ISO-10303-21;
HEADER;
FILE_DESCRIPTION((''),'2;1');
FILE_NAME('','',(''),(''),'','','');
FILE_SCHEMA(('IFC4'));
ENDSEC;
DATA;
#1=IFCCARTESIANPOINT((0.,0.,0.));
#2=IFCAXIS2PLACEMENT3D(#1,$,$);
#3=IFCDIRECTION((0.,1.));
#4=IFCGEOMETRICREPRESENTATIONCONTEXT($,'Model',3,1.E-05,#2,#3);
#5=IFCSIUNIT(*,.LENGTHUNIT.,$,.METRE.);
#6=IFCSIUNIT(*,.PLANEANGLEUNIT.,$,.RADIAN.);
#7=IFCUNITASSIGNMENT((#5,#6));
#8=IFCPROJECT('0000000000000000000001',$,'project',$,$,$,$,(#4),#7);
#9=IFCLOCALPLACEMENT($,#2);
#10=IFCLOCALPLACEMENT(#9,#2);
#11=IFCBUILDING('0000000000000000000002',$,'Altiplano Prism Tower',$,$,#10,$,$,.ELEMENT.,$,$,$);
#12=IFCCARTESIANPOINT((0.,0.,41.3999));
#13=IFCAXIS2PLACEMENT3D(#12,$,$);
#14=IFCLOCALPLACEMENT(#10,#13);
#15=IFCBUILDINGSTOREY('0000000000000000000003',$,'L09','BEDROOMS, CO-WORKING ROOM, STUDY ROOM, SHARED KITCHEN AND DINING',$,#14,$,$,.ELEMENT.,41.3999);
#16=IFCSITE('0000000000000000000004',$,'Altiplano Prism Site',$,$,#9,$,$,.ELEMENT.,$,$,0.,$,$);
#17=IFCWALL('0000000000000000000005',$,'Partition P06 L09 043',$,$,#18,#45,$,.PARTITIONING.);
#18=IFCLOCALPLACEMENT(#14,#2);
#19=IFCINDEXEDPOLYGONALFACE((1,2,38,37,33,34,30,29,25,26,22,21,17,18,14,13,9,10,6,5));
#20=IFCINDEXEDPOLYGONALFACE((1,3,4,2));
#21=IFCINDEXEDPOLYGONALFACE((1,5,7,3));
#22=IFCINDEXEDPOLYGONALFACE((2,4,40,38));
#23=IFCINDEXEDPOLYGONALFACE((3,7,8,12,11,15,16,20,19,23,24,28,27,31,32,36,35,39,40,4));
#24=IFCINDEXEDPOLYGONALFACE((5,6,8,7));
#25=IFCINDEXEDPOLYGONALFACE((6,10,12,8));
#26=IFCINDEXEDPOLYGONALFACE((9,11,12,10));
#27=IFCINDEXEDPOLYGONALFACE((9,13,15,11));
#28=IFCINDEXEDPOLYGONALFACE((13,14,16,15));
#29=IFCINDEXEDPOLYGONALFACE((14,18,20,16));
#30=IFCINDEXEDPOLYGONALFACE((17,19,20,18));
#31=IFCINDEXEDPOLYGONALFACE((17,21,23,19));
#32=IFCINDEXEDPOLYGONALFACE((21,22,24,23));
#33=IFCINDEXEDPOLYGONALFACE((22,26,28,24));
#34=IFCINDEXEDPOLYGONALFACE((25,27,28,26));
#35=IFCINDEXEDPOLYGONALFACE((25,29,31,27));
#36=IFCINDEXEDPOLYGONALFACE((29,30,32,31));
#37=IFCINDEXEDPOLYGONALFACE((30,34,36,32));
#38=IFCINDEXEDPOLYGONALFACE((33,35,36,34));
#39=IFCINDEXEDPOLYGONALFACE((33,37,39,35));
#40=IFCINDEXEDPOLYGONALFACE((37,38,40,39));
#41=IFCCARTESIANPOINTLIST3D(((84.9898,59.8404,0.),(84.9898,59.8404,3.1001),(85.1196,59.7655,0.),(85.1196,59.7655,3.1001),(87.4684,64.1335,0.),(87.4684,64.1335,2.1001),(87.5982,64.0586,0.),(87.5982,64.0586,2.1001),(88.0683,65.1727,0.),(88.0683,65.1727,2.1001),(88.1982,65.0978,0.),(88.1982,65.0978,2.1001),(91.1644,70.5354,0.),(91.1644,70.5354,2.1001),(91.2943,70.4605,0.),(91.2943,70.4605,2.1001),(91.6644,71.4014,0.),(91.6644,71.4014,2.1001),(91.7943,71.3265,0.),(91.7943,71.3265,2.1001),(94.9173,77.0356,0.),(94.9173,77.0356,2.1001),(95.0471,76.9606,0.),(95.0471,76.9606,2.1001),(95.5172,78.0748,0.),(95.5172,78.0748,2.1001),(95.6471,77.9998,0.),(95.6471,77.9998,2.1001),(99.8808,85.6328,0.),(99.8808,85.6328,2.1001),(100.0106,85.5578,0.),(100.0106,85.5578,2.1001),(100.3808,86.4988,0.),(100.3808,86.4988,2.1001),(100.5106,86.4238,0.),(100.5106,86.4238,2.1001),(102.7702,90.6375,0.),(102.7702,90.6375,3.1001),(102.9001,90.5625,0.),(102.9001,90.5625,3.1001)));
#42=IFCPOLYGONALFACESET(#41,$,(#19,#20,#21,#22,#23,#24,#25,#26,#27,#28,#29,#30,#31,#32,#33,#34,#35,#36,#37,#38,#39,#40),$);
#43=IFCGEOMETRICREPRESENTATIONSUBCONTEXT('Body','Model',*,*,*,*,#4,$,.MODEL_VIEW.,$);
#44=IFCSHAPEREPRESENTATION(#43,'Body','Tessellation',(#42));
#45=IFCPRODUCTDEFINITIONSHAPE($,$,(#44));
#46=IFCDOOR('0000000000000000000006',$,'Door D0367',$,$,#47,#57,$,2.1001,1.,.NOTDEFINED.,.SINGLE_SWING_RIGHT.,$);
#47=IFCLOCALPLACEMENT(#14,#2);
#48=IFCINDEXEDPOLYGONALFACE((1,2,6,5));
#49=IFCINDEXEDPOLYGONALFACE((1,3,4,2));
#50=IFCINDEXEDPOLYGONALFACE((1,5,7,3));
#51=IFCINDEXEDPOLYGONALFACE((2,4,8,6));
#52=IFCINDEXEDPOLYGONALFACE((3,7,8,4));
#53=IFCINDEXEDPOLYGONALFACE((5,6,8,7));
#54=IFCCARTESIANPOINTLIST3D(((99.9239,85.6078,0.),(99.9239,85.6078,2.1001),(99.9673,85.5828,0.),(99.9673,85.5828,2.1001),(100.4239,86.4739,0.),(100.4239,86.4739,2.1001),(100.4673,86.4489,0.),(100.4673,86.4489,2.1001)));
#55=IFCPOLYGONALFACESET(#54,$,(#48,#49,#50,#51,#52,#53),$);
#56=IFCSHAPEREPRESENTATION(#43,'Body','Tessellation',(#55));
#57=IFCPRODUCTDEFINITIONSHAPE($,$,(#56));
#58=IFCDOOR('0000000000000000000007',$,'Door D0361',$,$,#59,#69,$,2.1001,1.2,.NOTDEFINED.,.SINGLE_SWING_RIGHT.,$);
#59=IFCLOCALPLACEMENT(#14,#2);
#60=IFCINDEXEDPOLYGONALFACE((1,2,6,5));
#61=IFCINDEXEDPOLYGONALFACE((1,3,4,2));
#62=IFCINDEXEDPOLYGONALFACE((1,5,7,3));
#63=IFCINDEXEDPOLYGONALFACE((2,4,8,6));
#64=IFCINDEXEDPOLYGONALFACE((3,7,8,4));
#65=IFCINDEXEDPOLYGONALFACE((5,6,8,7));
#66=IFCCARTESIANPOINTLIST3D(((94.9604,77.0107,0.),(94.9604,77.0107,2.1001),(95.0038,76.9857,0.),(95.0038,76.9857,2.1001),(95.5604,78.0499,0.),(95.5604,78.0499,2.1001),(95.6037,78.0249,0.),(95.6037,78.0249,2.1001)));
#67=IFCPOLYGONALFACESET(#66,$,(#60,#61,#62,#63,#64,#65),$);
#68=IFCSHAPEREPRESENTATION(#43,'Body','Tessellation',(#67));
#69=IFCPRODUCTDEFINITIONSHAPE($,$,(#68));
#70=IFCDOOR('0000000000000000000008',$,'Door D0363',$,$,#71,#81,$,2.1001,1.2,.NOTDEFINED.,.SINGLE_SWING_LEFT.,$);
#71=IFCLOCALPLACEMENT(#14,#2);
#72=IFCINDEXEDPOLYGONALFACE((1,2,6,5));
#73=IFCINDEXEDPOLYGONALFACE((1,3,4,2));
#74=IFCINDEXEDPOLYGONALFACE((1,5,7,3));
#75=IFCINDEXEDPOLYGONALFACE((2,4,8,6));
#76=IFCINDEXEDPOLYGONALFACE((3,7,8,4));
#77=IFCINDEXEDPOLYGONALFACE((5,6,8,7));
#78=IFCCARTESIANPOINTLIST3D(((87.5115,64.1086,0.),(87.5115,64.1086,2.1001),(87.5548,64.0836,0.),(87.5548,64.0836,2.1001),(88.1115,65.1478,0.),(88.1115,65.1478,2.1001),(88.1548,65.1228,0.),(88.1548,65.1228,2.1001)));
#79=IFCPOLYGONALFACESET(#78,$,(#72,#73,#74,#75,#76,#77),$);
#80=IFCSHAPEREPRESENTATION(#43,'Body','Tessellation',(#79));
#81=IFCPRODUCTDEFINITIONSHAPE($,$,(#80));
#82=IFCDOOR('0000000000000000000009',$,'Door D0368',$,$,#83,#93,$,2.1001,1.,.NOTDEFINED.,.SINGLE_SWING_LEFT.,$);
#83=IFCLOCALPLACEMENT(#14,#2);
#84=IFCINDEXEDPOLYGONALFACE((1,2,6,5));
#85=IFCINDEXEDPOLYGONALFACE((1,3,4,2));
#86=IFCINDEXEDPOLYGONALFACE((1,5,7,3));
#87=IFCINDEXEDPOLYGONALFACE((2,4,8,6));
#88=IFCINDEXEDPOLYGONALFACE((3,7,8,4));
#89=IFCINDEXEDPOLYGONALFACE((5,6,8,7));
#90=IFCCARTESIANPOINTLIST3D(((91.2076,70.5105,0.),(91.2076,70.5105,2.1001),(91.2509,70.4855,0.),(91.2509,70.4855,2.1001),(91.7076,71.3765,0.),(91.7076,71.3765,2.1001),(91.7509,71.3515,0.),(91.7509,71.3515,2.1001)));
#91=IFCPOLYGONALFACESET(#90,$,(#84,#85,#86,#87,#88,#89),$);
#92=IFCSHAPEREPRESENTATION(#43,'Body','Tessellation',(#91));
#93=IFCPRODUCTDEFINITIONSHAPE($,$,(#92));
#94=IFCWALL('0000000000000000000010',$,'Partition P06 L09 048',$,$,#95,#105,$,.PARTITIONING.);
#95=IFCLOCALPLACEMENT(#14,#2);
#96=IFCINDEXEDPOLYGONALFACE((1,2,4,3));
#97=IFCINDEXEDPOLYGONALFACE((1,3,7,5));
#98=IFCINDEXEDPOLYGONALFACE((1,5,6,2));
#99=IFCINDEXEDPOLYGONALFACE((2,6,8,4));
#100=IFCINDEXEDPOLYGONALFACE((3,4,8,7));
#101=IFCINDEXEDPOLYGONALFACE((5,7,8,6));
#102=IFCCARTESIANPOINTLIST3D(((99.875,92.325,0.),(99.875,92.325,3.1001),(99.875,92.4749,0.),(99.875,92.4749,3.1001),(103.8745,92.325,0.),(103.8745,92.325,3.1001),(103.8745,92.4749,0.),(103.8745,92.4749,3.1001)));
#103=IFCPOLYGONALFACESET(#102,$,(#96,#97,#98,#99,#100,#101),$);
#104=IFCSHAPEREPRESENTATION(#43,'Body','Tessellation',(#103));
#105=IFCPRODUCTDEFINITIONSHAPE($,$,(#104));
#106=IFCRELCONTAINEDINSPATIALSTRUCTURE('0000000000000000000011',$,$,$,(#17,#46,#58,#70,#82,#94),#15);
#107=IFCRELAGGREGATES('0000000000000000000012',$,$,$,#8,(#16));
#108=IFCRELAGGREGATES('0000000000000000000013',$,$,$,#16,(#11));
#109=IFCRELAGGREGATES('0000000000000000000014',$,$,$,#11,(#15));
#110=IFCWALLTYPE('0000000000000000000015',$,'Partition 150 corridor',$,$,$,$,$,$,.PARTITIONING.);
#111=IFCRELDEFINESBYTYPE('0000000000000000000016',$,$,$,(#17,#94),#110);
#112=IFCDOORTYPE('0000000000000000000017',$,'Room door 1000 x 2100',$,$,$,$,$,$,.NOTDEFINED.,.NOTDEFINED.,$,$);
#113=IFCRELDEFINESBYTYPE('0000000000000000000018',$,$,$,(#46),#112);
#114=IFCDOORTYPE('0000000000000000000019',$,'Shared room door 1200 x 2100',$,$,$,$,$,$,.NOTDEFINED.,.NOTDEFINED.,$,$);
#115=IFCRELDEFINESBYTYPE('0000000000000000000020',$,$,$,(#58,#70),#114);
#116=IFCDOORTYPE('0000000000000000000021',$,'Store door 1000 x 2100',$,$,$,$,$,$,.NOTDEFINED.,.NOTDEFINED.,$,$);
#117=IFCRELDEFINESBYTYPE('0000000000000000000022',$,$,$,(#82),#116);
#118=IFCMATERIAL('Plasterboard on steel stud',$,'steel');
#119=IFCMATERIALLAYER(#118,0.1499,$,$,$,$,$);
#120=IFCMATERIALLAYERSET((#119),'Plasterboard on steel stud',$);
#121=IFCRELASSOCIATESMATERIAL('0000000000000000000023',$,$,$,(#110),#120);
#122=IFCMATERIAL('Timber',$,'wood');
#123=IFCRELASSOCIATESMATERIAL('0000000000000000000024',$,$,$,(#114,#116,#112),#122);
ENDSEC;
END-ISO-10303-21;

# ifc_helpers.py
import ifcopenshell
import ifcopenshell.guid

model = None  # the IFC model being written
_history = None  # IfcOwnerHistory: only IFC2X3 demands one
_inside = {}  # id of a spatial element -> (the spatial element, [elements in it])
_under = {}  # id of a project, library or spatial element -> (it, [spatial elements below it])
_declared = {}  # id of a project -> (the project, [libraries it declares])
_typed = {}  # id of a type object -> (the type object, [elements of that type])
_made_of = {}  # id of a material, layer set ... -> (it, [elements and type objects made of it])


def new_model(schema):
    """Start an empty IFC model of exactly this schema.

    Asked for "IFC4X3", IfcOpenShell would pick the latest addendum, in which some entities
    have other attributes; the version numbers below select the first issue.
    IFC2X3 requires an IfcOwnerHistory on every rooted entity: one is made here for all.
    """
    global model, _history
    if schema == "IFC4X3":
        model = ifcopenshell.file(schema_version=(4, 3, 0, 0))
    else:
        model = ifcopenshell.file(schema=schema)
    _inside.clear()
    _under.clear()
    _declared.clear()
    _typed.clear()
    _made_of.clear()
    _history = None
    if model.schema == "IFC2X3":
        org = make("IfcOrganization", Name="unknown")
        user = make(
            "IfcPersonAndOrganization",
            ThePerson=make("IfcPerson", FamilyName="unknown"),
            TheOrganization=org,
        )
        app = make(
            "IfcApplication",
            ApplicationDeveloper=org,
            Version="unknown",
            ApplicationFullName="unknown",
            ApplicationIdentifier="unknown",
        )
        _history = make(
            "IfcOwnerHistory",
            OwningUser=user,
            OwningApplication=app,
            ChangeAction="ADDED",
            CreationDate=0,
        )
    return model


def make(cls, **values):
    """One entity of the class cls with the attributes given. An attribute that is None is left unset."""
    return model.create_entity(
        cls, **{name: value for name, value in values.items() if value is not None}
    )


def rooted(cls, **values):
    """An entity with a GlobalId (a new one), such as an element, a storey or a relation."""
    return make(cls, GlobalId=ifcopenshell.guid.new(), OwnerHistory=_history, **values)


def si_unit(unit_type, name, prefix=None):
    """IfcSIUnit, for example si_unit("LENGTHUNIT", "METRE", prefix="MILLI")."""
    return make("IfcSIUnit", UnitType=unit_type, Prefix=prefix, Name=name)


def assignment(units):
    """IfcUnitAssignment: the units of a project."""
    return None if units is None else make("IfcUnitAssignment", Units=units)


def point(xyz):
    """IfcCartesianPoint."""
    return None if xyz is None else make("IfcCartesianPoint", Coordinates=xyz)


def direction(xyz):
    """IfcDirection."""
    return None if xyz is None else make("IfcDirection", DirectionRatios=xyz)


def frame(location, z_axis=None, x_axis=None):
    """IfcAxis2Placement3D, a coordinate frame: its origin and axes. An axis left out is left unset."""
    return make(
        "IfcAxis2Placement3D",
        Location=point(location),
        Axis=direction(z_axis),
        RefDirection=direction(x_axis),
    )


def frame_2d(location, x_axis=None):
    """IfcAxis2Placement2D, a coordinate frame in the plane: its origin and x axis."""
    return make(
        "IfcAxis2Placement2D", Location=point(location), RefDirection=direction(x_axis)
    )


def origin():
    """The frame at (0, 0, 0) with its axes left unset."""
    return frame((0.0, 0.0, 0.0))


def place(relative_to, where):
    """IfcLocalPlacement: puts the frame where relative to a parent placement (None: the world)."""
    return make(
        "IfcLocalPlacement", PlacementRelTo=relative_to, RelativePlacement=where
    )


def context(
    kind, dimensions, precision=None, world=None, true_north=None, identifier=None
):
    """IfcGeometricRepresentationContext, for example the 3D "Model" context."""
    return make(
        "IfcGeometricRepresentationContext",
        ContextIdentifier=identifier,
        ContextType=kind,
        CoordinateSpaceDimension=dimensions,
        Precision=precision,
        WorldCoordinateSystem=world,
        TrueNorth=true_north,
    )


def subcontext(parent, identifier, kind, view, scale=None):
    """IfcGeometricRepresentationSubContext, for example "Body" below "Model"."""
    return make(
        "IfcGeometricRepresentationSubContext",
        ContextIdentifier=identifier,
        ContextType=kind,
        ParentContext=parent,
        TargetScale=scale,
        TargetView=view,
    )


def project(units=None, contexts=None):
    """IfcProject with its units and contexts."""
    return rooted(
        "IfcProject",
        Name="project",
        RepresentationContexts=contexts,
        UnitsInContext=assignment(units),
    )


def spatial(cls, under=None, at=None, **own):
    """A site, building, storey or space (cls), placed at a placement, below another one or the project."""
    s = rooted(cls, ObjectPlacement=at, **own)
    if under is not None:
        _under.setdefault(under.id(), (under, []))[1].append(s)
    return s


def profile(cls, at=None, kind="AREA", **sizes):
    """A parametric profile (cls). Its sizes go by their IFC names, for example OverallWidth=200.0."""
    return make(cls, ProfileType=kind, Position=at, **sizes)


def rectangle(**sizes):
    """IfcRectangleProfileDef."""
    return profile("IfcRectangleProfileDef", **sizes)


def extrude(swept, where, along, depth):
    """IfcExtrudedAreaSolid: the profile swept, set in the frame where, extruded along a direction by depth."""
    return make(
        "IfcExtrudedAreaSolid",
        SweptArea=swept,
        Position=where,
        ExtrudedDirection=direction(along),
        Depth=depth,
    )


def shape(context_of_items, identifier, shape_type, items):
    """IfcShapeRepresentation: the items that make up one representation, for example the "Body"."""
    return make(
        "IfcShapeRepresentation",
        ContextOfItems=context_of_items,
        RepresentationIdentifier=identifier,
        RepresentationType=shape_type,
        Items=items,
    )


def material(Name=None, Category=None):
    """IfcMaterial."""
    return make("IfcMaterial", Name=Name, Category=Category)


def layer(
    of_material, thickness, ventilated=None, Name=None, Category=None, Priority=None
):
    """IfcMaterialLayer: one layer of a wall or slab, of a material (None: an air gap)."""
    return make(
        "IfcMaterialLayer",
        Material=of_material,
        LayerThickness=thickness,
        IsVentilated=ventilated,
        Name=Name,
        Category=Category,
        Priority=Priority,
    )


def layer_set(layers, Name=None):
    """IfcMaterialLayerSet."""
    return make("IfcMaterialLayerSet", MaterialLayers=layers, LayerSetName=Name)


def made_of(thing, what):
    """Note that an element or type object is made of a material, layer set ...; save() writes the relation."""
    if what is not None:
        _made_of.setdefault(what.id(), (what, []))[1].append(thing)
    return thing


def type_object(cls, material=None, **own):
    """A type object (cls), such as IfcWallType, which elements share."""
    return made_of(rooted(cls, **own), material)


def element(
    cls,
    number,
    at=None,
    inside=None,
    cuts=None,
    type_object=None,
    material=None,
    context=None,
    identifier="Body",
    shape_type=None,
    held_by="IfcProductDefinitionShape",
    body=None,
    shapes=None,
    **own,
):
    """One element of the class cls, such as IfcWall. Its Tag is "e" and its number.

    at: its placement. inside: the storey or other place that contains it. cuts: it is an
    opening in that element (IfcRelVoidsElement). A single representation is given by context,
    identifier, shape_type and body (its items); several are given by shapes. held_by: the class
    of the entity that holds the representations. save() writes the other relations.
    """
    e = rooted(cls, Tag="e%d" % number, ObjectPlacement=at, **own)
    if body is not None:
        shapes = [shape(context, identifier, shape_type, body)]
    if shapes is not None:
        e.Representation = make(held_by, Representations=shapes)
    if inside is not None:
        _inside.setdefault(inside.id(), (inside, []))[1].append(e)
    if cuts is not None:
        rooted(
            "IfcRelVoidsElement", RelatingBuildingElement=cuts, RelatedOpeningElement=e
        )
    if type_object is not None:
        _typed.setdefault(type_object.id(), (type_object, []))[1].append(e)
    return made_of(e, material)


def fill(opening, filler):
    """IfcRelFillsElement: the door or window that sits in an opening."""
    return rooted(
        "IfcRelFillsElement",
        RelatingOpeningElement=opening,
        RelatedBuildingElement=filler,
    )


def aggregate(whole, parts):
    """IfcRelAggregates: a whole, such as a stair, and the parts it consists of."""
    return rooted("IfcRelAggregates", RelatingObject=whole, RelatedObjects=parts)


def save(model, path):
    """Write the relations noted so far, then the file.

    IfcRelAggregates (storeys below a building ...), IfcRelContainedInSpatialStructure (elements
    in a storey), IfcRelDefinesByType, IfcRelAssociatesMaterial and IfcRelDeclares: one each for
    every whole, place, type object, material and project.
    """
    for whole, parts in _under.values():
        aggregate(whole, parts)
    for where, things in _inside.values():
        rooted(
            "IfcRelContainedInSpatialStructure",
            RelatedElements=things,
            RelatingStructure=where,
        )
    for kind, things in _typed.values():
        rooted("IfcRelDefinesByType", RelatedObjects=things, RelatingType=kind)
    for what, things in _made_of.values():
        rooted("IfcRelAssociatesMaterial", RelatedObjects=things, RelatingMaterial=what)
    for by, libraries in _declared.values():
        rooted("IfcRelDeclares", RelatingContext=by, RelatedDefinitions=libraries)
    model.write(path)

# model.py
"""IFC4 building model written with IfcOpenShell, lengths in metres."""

from ifc_helpers import new_model, si_unit, direction, frame, frame_2d, origin, place, context, subcontext, project, spatial, rectangle, extrude, material, layer, layer_set, type_object, element, fill, save


model = new_model("IFC4")

# Units and contexts
model_context = context("Model", 3, precision=1e-05, world=origin(), true_north=direction((0.0, 1.0)))
body_context = subcontext(model_context, "Body", "Model", "MODEL_VIEW")
ifc_project = project(units=[si_unit("LENGTHUNIT", "METRE"), si_unit("PLANEANGLEUNIT", "RADIAN")], contexts=[model_context])

# Site, building, storey
site_placement = place(None, origin())
site = spatial("IfcSite", under=ifc_project, at=site_placement, Name="Altiplano Prism Site", CompositionType="ELEMENT", RefElevation=0.0)
building_placement = place(site_placement, origin())
building = spatial("IfcBuilding", under=site, at=building_placement, Name="Altiplano Prism Tower", CompositionType="ELEMENT")
storey_placement = place(building_placement, frame((0.0, 0.0, 41.3999)))
storey = spatial("IfcBuildingStorey", under=building, at=storey_placement, Name="L09", Description="BEDROOMS, CO-WORKING ROOM, STUDY ROOM, SHARED KITCHEN AND DINING", CompositionType="ELEMENT", Elevation=41.3999)

# Shared definitions
ifc_material_1 = material(Name="Plasterboard on steel stud", Category="steel")
ifc_layer_1 = layer(ifc_material_1, 0.1499)
ifc_layer_set_1 = layer_set([ifc_layer_1], Name="Plasterboard on steel stud")
wall_type_1 = type_object("IfcWallType", Name="Partition 150 corridor", PredefinedType="PARTITIONING", material=ifc_layer_set_1)

# Wall, openings, doors
ifc_material_2 = material(Name="Timber", Category="wood")
door_type_1 = type_object("IfcDoorType", Name="Shared room door 1200 x 2100", OperationType="NOTDEFINED", PredefinedType="NOTDEFINED", material=ifc_material_2)
door_type_2 = type_object("IfcDoorType", Name="Store door 1000 x 2100", OperationType="NOTDEFINED", PredefinedType="NOTDEFINED", material=ifc_material_2)
wall_1_placement = place(storey_placement, frame((102.8352, 90.6001, 0.0), z_axis=(0.0, 0.0, 1.0), x_axis=(-0.499996, -0.866028, 0.0)))
wall_1 = element("IfcWall", 1, at=wall_1_placement, inside=storey, type_object=wall_type_1, Name="Partition P06 L09 043", PredefinedType="PARTITIONING", context=body_context, shape_type="SweptSolid", body=[
    extrude(rectangle(XDim=35.5613, YDim=0.1499, at=frame_2d((17.7808, 0.0))), origin(), (0.0, 0.0, 1.0), 3.1001),
])
opening_1_placement = place(wall_1_placement, frame((14.5061, 0.0, 0.0)))
opening_1 = element("IfcOpeningElement", 2, at=opening_1_placement, cuts=wall_1, PredefinedType="OPENING", context=body_context, shape_type="SweptSolid", body=[
    extrude(rectangle(XDim=1.2, YDim=2.1001, at=frame_2d((0.6001, 1.05))), frame((0.0, 0.0854, 0.0), z_axis=(0.0, -1.0, 0.0), x_axis=(1.0, 0.0, 0.0)), (0.0, 0.0, 1.0), 0.1709),
])
opening_2_placement = place(wall_1_placement, frame((29.4041, 0.0, 0.0)))
opening_2 = element("IfcOpeningElement", 3, at=opening_2_placement, cuts=wall_1, PredefinedType="OPENING", context=body_context, shape_type="SweptSolid", body=[
    extrude(rectangle(XDim=1.2, YDim=2.1001, at=frame_2d((0.6001, 1.05))), frame((0.0, 0.0854, 0.0), z_axis=(0.0, -1.0, 0.0), x_axis=(1.0, 0.0, 0.0)), (0.0, 0.0, 1.0), 0.1709),
])
opening_3_placement = place(wall_1_placement, frame((4.7791, 0.0, 0.0)))
opening_3 = element("IfcOpeningElement", 4, at=opening_3_placement, cuts=wall_1, PredefinedType="OPENING", context=body_context, shape_type="SweptSolid", body=[
    extrude(rectangle(XDim=1.0, YDim=2.1001, at=frame_2d((0.5, 1.05))), frame((0.0, 0.0854, 0.0), z_axis=(0.0, -1.0, 0.0), x_axis=(1.0, 0.0, 0.0)), (0.0, 0.0, 1.0), 0.1709),
])
opening_4_placement = place(wall_1_placement, frame((22.2119, 0.0, 0.0)))
opening_4 = element("IfcOpeningElement", 5, at=opening_4_placement, cuts=wall_1, PredefinedType="OPENING", context=body_context, shape_type="SweptSolid", body=[
    extrude(rectangle(XDim=1.0, YDim=2.1001, at=frame_2d((0.5, 1.05))), frame((0.0, 0.0854, 0.0), z_axis=(0.0, -1.0, 0.0), x_axis=(1.0, 0.0, 0.0)), (0.0, 0.0, 1.0), 0.1709),
])
door_type_3 = type_object("IfcDoorType", Name="Room door 1000 x 2100", OperationType="NOTDEFINED", PredefinedType="NOTDEFINED", material=ifc_material_2)
door_1_placement = place(opening_3_placement, origin())
door_1 = element("IfcDoor", 6, at=door_1_placement, inside=storey, type_object=door_type_3, Name="Door D0367", OperationType="SINGLE_SWING_RIGHT", OverallHeight=2.1001, OverallWidth=1.0, PredefinedType="NOTDEFINED", context=body_context, shape_type="SweptSolid", body=[
    extrude(rectangle(XDim=1.0, YDim=2.1001, at=frame_2d((0.5, 1.05))), frame((0.0, 0.0249, 0.0), z_axis=(0.0, -1.0, 0.0), x_axis=(1.0, 0.0, 0.0)), (0.0, 0.0, 1.0), 0.05),
])
fill(opening_3, door_1)
door_2_placement = place(opening_1_placement, origin())
door_2 = element("IfcDoor", 7, at=door_2_placement, inside=storey, type_object=door_type_1, Name="Door D0361", OperationType="SINGLE_SWING_RIGHT", OverallHeight=2.1001, OverallWidth=1.2, PredefinedType="NOTDEFINED", context=body_context, shape_type="SweptSolid", body=[
    extrude(rectangle(XDim=1.2, YDim=2.1001, at=frame_2d((0.6001, 1.05))), frame((0.0, 0.0249, 0.0), z_axis=(0.0, -1.0, 0.0), x_axis=(1.0, 0.0, 0.0)), (0.0, 0.0, 1.0), 0.05),
])
fill(opening_1, door_2)
door_3_placement = place(opening_2_placement, origin())
door_3 = element("IfcDoor", 8, at=door_3_placement, inside=storey, type_object=door_type_1, Name="Door D0363", OperationType="SINGLE_SWING_LEFT", OverallHeight=2.1001, OverallWidth=1.2, PredefinedType="NOTDEFINED", context=body_context, shape_type="SweptSolid", body=[
    extrude(rectangle(XDim=1.2, YDim=2.1001, at=frame_2d((0.6001, 1.05))), frame((0.0, 0.0249, 0.0), z_axis=(0.0, -1.0, 0.0), x_axis=(1.0, 0.0, 0.0)), (0.0, 0.0, 1.0), 0.05),
])
fill(opening_2, door_3)
door_4_placement = place(opening_4_placement, origin())
door_4 = element("IfcDoor", 9, at=door_4_placement, inside=storey, type_object=door_type_2, Name="Door D0368", OperationType="SINGLE_SWING_LEFT", OverallHeight=2.1001, OverallWidth=1.0, PredefinedType="NOTDEFINED", context=body_context, shape_type="SweptSolid", body=[
    extrude(rectangle(XDim=1.0, YDim=2.1001, at=frame_2d((0.5, 1.05))), frame((0.0, 0.0249, 0.0), z_axis=(0.0, -1.0, 0.0), x_axis=(1.0, 0.0, 0.0)), (0.0, 0.0, 1.0), 0.05),
])
fill(opening_4, door_4)

# Wall
wall_2_placement = place(storey_placement, frame((103.8745, 92.3999, 0.0), z_axis=(0.0, 0.0, 1.0), x_axis=(-1.0, 0.0, 0.0)))
element("IfcWall", 10, at=wall_2_placement, inside=storey, type_object=wall_type_1, Name="Partition P06 L09 048", PredefinedType="PARTITIONING", context=body_context, shape_type="SweptSolid", body=[
    extrude(rectangle(XDim=3.9995, YDim=0.1499, at=frame_2d((1.9998, 0.0))), origin(), (0.0, 0.0, 1.0), 3.1001),
])

save(model, "model.ifc")
